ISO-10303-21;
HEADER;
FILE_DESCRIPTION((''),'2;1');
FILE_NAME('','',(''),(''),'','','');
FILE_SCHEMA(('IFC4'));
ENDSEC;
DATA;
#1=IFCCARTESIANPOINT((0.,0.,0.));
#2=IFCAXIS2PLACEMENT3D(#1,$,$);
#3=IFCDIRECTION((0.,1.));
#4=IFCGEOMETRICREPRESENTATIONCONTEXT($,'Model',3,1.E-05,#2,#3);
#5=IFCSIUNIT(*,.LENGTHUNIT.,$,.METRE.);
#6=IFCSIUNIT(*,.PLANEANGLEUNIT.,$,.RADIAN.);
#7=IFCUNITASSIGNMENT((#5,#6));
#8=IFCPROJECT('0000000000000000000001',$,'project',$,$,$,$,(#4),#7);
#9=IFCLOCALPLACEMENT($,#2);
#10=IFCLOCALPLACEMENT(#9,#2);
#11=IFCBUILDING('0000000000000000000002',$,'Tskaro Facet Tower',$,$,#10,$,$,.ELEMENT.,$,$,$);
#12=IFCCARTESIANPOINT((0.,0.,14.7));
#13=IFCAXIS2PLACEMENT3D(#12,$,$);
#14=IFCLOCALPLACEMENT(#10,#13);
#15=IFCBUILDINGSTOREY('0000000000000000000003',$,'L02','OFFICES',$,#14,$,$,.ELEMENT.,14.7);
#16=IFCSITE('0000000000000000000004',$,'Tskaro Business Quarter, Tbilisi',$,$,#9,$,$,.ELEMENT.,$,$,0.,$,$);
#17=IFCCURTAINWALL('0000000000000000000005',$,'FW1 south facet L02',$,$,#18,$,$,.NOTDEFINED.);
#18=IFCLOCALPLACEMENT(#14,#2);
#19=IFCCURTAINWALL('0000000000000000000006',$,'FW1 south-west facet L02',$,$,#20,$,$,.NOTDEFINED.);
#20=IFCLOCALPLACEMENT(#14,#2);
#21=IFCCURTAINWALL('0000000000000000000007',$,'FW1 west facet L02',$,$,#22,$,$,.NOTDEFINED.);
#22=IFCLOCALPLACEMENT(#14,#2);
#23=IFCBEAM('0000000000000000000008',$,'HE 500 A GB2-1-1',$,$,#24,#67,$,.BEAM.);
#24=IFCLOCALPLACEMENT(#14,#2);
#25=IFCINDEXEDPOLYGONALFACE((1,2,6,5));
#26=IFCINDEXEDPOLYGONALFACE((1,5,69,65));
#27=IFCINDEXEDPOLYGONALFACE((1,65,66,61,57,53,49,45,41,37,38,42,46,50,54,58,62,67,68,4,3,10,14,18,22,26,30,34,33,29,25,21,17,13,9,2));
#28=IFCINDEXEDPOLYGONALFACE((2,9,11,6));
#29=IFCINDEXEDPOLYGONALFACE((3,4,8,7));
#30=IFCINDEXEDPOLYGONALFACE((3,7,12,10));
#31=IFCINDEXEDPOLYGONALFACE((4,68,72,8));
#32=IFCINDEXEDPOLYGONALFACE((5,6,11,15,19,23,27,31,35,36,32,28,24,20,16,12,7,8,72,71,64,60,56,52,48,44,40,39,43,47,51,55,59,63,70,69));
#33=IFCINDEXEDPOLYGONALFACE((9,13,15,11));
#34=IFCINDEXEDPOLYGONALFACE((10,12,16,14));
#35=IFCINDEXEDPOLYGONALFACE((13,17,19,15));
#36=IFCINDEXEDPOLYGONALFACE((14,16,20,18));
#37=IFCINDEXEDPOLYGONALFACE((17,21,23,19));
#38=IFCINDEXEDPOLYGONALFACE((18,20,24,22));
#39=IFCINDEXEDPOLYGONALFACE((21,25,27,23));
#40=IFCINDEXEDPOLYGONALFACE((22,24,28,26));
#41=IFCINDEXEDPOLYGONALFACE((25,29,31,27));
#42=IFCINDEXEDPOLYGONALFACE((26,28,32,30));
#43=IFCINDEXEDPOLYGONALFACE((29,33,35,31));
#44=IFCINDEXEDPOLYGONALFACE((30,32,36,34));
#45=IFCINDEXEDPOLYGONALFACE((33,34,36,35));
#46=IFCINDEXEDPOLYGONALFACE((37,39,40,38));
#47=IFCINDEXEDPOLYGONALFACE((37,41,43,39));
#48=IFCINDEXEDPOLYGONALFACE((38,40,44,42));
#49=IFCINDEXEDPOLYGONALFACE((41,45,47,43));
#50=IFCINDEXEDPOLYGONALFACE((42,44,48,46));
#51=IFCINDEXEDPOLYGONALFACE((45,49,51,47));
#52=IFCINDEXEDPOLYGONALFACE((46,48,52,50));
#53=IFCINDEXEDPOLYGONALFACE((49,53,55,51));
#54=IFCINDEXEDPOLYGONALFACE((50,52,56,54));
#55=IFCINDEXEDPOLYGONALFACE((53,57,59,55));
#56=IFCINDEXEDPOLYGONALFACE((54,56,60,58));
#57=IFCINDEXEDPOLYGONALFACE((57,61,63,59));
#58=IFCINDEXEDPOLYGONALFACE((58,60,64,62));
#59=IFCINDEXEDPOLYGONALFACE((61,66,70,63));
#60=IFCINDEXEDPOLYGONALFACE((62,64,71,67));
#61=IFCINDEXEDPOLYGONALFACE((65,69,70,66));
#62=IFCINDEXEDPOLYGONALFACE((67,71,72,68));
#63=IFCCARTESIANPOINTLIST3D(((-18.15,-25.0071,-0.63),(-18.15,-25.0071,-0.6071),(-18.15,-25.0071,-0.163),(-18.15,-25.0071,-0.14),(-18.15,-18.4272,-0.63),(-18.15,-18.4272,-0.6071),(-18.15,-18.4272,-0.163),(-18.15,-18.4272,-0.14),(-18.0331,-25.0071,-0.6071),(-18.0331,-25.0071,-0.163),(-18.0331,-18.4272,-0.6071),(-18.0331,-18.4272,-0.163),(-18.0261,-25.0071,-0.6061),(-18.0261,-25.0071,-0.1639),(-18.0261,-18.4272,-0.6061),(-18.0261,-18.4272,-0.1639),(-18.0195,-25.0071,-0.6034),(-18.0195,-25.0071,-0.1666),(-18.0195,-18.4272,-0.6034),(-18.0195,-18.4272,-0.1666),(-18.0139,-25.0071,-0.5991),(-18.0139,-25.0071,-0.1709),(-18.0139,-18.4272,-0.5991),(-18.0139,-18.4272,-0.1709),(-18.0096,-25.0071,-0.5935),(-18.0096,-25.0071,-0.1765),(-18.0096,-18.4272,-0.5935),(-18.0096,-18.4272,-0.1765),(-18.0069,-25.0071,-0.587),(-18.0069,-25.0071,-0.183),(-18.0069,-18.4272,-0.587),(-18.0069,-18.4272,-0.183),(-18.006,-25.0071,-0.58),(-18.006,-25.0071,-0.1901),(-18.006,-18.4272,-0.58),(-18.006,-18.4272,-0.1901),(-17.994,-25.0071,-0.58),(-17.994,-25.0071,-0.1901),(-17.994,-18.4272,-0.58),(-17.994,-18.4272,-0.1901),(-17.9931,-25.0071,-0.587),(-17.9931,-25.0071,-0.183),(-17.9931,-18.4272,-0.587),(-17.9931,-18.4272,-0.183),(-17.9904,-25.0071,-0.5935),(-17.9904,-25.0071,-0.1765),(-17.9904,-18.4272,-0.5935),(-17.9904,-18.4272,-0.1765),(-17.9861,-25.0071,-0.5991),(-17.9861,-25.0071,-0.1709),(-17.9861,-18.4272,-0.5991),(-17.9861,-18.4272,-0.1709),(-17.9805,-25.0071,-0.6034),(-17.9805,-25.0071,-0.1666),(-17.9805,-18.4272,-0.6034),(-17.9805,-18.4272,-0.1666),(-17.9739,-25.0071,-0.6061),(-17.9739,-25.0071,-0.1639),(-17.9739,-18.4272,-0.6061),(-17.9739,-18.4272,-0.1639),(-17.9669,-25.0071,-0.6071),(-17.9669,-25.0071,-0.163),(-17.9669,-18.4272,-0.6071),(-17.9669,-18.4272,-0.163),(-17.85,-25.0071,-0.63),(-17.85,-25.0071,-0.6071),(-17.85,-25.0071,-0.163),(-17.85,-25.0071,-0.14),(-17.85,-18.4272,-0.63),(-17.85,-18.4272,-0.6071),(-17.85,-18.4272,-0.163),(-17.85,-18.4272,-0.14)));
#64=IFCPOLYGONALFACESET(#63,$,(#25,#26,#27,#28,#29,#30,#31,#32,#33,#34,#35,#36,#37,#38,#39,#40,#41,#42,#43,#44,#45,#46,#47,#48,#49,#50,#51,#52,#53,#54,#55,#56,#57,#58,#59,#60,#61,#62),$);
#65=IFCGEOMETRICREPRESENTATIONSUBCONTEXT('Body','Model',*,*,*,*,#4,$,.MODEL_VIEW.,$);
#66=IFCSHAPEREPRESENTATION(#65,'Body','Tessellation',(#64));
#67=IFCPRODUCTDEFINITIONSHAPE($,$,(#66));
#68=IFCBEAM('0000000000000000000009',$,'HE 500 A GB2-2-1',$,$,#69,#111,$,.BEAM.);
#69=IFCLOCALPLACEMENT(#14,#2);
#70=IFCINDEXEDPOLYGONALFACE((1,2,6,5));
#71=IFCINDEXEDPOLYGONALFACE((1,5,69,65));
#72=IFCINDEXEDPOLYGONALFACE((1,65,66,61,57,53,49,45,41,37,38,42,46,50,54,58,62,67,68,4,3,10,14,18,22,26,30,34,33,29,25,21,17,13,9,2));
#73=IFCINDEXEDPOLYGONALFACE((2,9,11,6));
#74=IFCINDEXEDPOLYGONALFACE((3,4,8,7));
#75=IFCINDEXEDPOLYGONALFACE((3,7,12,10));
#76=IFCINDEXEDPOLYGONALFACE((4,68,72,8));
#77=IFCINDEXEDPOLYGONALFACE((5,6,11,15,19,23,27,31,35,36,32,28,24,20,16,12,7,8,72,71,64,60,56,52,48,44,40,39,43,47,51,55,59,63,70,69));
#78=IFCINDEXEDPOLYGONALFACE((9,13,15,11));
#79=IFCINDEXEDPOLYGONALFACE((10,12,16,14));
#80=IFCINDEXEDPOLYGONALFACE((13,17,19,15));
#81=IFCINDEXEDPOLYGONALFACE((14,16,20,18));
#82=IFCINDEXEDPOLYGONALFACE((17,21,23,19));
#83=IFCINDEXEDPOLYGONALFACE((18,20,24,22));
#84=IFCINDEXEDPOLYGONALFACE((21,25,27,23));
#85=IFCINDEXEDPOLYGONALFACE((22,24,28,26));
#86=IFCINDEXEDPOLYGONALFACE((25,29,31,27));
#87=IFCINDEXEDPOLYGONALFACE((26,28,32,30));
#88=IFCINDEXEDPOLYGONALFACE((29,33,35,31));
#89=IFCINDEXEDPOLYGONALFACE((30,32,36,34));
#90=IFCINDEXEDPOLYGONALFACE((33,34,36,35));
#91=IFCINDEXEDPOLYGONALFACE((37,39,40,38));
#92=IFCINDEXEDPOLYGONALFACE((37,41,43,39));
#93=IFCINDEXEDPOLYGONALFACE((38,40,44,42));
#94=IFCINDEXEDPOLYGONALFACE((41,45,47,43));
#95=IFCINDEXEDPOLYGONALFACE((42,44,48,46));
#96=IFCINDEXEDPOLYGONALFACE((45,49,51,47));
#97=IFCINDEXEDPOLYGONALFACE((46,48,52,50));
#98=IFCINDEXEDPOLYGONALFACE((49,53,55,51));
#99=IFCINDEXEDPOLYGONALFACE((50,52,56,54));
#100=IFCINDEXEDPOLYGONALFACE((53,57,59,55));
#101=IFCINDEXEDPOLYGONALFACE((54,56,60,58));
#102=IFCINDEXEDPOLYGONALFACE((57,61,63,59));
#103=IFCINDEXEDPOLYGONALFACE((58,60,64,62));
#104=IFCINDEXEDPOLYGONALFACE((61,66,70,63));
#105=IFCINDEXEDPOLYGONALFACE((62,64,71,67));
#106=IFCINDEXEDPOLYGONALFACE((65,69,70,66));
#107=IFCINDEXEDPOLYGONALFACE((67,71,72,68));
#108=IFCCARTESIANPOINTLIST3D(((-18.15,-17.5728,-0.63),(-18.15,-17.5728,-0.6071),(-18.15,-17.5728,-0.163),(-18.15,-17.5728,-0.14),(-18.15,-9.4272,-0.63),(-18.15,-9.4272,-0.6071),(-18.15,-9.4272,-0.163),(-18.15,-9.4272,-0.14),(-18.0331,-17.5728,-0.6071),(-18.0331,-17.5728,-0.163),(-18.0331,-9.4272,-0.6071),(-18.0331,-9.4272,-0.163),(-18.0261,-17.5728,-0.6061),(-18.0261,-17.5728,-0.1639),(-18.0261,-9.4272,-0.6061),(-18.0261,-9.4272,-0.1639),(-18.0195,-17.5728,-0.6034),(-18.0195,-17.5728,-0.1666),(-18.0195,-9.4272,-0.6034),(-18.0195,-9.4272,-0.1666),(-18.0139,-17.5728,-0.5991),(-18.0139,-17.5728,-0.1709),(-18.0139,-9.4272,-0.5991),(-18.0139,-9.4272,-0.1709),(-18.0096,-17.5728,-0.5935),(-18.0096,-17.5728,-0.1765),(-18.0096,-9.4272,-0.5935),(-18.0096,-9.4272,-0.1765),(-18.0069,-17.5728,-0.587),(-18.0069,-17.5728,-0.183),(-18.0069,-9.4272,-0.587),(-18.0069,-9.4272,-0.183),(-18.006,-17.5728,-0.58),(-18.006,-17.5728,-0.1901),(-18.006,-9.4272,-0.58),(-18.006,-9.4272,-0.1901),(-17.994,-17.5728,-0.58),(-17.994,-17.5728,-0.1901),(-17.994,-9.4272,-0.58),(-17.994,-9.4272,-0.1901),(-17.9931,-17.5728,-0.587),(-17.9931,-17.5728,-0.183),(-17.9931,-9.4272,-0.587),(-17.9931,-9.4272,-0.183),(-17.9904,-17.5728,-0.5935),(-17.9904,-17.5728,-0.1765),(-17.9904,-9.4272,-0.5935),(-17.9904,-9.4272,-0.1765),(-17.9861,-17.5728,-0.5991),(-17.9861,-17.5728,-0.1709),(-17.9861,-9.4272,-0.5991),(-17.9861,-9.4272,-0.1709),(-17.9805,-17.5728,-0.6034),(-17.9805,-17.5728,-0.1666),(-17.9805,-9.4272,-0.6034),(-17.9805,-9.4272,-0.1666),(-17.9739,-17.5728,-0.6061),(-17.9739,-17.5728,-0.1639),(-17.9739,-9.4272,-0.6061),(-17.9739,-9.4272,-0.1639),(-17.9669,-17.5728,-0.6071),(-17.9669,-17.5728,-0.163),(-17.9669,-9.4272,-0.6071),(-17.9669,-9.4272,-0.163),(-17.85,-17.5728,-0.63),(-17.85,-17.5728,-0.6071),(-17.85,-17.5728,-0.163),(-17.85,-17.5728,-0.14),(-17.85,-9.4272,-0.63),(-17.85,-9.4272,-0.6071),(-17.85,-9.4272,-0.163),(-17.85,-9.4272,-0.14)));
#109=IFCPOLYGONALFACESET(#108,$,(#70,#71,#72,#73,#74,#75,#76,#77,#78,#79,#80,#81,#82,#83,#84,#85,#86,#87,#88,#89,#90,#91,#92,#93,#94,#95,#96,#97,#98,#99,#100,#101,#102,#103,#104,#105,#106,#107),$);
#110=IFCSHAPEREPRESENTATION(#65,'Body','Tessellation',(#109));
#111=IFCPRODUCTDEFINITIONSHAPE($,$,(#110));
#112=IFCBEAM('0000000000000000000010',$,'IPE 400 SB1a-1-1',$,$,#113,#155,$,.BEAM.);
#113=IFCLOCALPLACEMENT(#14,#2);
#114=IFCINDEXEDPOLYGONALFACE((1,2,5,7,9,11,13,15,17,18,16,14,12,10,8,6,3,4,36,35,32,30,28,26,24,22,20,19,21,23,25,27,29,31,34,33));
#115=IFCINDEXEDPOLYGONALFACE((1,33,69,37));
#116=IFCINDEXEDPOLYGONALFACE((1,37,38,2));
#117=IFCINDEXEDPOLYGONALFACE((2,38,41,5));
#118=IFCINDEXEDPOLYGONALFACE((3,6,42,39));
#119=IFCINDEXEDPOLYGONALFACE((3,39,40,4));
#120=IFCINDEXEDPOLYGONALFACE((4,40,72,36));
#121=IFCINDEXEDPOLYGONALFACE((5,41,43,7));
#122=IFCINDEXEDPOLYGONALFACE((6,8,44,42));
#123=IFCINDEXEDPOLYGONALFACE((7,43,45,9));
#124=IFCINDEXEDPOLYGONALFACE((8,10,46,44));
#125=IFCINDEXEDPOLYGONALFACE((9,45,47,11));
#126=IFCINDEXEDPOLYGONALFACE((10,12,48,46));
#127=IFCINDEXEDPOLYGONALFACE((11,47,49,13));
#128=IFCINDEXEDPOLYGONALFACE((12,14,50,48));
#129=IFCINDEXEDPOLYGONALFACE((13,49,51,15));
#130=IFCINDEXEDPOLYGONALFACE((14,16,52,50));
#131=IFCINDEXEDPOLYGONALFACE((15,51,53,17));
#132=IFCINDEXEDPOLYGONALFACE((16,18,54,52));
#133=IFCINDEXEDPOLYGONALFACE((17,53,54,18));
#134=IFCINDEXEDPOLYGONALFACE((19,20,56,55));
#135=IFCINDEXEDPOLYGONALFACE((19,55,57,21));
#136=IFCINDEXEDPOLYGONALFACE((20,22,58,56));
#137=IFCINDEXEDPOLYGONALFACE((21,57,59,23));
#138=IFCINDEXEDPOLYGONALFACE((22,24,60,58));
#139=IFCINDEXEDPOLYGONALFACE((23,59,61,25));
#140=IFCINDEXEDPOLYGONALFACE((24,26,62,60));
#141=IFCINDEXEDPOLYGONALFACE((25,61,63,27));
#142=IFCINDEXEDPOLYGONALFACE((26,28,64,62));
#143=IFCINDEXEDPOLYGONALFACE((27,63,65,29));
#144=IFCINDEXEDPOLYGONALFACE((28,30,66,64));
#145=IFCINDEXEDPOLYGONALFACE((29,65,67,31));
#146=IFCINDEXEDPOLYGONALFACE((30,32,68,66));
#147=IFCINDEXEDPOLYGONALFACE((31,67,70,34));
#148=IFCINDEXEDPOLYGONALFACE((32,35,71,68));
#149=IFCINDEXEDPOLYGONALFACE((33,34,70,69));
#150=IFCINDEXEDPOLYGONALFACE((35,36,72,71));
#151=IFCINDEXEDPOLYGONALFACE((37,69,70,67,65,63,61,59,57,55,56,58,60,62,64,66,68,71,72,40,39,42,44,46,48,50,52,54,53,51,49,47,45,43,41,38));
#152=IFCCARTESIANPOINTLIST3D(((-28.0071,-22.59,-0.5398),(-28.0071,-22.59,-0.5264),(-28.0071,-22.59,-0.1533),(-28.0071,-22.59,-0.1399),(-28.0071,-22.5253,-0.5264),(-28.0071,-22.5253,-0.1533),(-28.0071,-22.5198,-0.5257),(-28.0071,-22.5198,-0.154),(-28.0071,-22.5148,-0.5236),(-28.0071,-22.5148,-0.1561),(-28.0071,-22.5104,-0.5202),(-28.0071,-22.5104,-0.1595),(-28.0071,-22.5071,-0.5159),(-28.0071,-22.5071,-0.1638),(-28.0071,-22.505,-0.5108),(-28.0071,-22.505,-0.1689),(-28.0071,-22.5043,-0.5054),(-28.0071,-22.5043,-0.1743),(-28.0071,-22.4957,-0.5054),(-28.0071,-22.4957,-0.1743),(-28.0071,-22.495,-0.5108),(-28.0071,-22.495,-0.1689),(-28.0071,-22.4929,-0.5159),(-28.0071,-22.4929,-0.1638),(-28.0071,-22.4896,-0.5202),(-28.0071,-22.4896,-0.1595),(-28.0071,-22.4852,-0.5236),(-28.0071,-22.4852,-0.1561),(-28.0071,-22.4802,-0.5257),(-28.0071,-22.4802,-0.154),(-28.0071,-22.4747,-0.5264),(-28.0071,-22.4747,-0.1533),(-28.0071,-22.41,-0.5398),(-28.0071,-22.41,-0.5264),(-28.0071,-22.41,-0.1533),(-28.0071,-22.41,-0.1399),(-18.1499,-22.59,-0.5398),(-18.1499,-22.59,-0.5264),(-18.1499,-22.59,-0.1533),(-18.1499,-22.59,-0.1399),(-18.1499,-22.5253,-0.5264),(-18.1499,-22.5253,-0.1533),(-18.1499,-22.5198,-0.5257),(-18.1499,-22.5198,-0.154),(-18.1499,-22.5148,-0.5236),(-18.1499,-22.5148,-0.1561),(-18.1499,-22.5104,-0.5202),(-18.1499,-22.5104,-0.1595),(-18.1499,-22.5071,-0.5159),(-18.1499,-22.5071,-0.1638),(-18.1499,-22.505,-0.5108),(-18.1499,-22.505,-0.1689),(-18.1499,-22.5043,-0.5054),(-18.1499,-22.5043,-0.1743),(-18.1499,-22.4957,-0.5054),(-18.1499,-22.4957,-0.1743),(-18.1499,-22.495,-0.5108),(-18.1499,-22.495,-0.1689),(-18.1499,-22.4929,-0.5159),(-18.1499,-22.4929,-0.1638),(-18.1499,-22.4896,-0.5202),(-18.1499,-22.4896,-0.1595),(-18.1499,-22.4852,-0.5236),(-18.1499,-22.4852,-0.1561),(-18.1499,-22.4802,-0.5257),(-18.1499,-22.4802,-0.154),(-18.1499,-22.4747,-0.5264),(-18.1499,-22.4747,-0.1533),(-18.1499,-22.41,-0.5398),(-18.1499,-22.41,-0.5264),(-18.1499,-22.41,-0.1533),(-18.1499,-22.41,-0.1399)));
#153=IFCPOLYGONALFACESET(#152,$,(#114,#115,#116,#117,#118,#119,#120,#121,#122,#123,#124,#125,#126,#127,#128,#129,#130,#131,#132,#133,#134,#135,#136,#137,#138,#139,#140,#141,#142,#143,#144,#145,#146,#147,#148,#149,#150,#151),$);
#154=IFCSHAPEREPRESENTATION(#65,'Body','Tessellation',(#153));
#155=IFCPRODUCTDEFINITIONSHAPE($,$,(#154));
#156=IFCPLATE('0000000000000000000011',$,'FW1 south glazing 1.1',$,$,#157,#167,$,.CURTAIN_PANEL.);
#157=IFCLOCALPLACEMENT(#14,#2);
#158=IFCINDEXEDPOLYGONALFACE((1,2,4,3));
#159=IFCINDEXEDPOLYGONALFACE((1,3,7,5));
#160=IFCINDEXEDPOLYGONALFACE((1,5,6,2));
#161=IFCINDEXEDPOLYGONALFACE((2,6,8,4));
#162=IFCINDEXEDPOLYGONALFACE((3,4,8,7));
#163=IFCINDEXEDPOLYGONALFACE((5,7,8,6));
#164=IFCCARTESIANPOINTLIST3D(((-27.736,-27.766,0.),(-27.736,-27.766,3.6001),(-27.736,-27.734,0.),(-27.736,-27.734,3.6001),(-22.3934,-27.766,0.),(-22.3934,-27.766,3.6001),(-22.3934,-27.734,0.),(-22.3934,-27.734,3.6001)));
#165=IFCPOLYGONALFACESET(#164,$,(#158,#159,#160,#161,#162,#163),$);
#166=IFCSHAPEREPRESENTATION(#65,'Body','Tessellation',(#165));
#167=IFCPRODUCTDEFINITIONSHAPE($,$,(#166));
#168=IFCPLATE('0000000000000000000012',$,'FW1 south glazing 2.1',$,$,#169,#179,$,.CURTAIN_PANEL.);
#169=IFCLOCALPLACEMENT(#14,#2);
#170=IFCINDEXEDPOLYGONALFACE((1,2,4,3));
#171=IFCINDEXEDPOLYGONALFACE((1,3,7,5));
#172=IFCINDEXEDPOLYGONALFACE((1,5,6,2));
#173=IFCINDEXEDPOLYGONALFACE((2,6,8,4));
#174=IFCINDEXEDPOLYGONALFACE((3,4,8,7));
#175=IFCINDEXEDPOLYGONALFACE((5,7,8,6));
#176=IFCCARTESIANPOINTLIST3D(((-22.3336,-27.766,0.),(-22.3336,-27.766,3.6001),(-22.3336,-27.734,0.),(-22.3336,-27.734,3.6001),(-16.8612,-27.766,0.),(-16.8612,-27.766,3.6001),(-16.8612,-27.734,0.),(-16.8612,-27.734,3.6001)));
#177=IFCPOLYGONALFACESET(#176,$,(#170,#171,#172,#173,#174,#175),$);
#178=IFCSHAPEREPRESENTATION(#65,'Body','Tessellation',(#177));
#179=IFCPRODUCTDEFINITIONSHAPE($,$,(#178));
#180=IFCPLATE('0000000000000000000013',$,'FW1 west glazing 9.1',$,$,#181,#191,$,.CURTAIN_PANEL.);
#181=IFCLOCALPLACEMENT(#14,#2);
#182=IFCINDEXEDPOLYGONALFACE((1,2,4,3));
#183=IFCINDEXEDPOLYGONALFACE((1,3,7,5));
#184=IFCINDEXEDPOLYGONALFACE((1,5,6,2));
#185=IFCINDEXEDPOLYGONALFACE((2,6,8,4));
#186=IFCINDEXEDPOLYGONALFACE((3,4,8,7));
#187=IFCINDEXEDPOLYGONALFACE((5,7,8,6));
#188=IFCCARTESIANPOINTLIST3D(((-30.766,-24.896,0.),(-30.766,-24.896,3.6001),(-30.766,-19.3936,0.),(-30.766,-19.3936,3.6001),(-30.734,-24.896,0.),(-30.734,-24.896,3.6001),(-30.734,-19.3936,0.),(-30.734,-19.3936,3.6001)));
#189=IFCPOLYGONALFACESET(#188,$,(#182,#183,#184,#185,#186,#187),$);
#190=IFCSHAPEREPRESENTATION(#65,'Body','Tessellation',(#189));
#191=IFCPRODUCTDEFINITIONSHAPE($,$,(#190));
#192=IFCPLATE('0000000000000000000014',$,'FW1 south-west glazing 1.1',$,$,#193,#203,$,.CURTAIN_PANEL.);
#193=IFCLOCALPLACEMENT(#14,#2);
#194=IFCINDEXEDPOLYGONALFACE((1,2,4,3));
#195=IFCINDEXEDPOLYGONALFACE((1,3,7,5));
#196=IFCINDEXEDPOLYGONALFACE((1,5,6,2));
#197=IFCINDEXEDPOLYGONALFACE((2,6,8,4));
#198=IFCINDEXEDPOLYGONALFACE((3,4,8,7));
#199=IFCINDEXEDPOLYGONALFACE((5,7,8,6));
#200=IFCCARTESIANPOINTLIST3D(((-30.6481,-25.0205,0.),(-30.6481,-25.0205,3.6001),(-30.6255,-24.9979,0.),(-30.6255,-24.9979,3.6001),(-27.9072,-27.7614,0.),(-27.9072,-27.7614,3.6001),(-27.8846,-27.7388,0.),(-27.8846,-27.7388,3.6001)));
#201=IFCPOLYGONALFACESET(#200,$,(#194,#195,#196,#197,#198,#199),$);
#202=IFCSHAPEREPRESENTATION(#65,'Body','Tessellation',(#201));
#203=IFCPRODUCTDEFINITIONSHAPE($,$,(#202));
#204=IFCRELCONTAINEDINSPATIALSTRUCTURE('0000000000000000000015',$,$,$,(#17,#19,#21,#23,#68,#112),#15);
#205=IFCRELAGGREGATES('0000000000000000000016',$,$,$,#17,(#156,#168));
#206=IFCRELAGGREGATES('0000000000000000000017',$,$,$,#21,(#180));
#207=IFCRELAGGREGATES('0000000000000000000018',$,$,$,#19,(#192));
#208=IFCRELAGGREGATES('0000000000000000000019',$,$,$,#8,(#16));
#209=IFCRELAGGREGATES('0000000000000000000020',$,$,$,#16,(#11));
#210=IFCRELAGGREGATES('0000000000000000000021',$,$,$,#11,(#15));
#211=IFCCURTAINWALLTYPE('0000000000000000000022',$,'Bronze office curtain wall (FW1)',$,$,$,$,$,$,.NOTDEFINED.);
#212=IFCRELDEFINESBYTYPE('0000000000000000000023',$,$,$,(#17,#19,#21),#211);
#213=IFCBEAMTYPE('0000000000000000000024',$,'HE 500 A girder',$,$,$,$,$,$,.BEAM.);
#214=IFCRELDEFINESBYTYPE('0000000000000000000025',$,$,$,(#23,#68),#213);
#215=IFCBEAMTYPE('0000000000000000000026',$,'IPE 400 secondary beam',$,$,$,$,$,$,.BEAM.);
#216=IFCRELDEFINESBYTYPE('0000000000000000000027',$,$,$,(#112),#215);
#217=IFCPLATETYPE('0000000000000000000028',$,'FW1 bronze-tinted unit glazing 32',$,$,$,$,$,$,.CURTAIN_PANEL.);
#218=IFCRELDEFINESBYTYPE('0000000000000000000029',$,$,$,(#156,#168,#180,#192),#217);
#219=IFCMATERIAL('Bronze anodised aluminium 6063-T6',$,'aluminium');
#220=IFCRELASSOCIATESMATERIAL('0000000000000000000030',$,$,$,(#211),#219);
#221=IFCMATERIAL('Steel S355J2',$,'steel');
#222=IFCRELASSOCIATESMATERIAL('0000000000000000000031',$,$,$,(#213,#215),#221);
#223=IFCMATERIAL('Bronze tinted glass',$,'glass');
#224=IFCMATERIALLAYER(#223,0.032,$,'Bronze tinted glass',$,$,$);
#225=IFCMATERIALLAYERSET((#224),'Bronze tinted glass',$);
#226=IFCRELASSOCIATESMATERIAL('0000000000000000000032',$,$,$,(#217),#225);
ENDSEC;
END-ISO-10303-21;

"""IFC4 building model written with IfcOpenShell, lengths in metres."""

from ifc_helpers import new_model, si_unit, direction, frame, origin, origin_2d, place, context, subcontext, project, spatial, rectangle, i_section, extrude, material, layer, layer_set, material_profile, profile_set, type_object, element, aggregate, save


model = new_model("IFC4")

# Units and contexts
model_context = context("Model", 3, precision=1e-05, world=origin(), true_north=direction((0.0, 1.0)))
body_context = subcontext(model_context, "Body", "Model", "MODEL_VIEW")
ifc_project = project(units=[si_unit("LENGTHUNIT", "METRE"), si_unit("PLANEANGLEUNIT", "RADIAN")], contexts=[model_context])

# Site, building, storey
site_placement = place(None, origin())
site = spatial("IfcSite", under=ifc_project, at=site_placement, Name="Tskaro Business Quarter, Tbilisi", CompositionType="ELEMENT", RefElevation=0.0)
building_placement = place(site_placement, origin())
building = spatial("IfcBuilding", under=site, at=building_placement, Name="Tskaro Facet Tower", CompositionType="ELEMENT")
storey_placement = place(building_placement, frame((0.0, 0.0, 14.7)))
storey = spatial("IfcBuildingStorey", under=building, at=storey_placement, Name="L02", Description="OFFICES", CompositionType="ELEMENT", Elevation=14.7)

# Curtain walls
ifc_material_1 = material(Name="Bronze anodised aluminium 6063-T6", Category="aluminium")
curtain_wall_type = type_object("IfcCurtainWallType", Name="Bronze office curtain wall (FW1)", PredefinedType="NOTDEFINED", material=ifc_material_1)
curtain_wall_1_placement = place(storey_placement, origin())
curtain_wall_1 = element("IfcCurtainWall", 1, at=curtain_wall_1_placement, inside=storey, type_object=curtain_wall_type, Name="FW1 south facet L02", PredefinedType="NOTDEFINED")
curtain_wall_2_placement = place(storey_placement, origin())
curtain_wall_2 = element("IfcCurtainWall", 2, at=curtain_wall_2_placement, inside=storey, type_object=curtain_wall_type, Name="FW1 south-west facet L02", PredefinedType="NOTDEFINED")

# Curtain wall
curtain_wall_3_placement = place(storey_placement, origin())
curtain_wall_3 = element("IfcCurtainWall", 3, at=curtain_wall_3_placement, inside=storey, type_object=curtain_wall_type, Name="FW1 west facet L02", PredefinedType="NOTDEFINED")

# Beams
ifc_material_2 = material(Name="Steel S355J2", Category="steel")
ifc_material_profile_1 = material_profile(ifc_material_2, i_section(OverallWidth=0.3, OverallDepth=0.49, WebThickness=0.012, FlangeThickness=0.0229, FilletRadius=0.0271, at=origin_2d()), Name="HE 500 A")
ifc_profile_set_1 = profile_set([ifc_material_profile_1], Name="Steel S355J2")
beam_type_1 = type_object("IfcBeamType", Name="HE 500 A girder", PredefinedType="BEAM", material=ifc_profile_set_1)
beam_1_placement = place(storey_placement, frame((-18.0, -25.0071, -0.385), z_axis=(0.0, 1.0, 0.0), x_axis=(-1.0, 0.0, 0.0)))
element("IfcBeam", 4, at=beam_1_placement, inside=storey, type_object=beam_type_1, Name="HE 500 A GB2-1-1", PredefinedType="BEAM", context=body_context, shape_type="SweptSolid", body=[
    extrude(i_section(OverallWidth=0.3, OverallDepth=0.49, WebThickness=0.012, FlangeThickness=0.0229, FilletRadius=0.0271, at=origin_2d()), origin(), (0.0, 0.0, 1.0), 6.5798),
])
beam_2_placement = place(storey_placement, frame((-18.0, -17.5728, -0.385), z_axis=(0.0, 1.0, 0.0), x_axis=(-1.0, 0.0, 0.0)))
element("IfcBeam", 5, at=beam_2_placement, inside=storey, type_object=beam_type_1, Name="HE 500 A GB2-2-1", PredefinedType="BEAM", context=body_context, shape_type="SweptSolid", body=[
    extrude(i_section(OverallWidth=0.3, OverallDepth=0.49, WebThickness=0.012, FlangeThickness=0.0229, FilletRadius=0.0271, at=origin_2d()), origin(), (0.0, 0.0, 1.0), 8.1455),
])
ifc_material_profile_2 = material_profile(ifc_material_2, i_section(OverallWidth=0.1799, OverallDepth=0.3999, WebThickness=0.0085, FlangeThickness=0.0134, FilletRadius=0.021, at=origin_2d()), Name="IPE 400")
ifc_profile_set_2 = profile_set([ifc_material_profile_2], Name="Steel S355J2")
beam_type_2 = type_object("IfcBeamType", Name="IPE 400 secondary beam", PredefinedType="BEAM", material=ifc_profile_set_2)
beam_3_placement = place(storey_placement, frame((-28.0071, -22.5, -0.3398), z_axis=(1.0, 0.0, 0.0), x_axis=(0.0, 1.0, 0.0)))
element("IfcBeam", 6, at=beam_3_placement, inside=storey, type_object=beam_type_2, Name="IPE 400 SB1a-1-1", PredefinedType="BEAM", context=body_context, shape_type="SweptSolid", body=[
    extrude(i_section(OverallWidth=0.1799, OverallDepth=0.3999, WebThickness=0.0085, FlangeThickness=0.0134, FilletRadius=0.021, at=origin_2d()), origin(), (0.0, 0.0, 1.0), 9.8572),
])

# Plates
ifc_material_3 = material(Name="Bronze tinted glass", Category="glass")
ifc_layer_1 = layer(ifc_material_3, 0.032, Name="Bronze tinted glass")
ifc_layer_set_1 = layer_set([ifc_layer_1], Name="Bronze tinted glass")
plate_type = type_object("IfcPlateType", Name="FW1 bronze-tinted unit glazing 32", PredefinedType="CURTAIN_PANEL", material=ifc_layer_set_1)
plate_1_placement = place(storey_placement, frame((-25.0647, -27.75, 0.0), z_axis=(0.0, 0.0, 1.0), x_axis=(1.0, 0.0, 0.0)))
plate_1 = element("IfcPlate", 7, at=plate_1_placement, type_object=plate_type, Name="FW1 south glazing 1.1", PredefinedType="CURTAIN_PANEL", context=body_context, shape_type="SweptSolid", body=[
    extrude(rectangle(XDim=5.3425, YDim=0.032, at=origin_2d()), origin(), (0.0, 0.0, 1.0), 3.6001),
])
plate_2_placement = place(storey_placement, frame((-19.5974, -27.75, 0.0), z_axis=(0.0, 0.0, 1.0), x_axis=(1.0, 0.0, 0.0)))
plate_2 = element("IfcPlate", 8, at=plate_2_placement, type_object=plate_type, Name="FW1 south glazing 2.1", PredefinedType="CURTAIN_PANEL", context=body_context, shape_type="SweptSolid", body=[
    extrude(rectangle(XDim=5.4724, YDim=0.032, at=origin_2d()), origin(), (0.0, 0.0, 1.0), 3.6001),
])
aggregate(curtain_wall_1, [plate_1, plate_2])
plate_3_placement = place(storey_placement, frame((-30.75, -22.1448, 0.0), z_axis=(0.0, 0.0, 1.0), x_axis=(0.0, -1.0, 0.0)))
plate_3 = element("IfcPlate", 9, at=plate_3_placement, type_object=plate_type, Name="FW1 west glazing 9.1", PredefinedType="CURTAIN_PANEL", context=body_context, shape_type="SweptSolid", body=[
    extrude(rectangle(XDim=5.5024, YDim=0.032, at=origin_2d()), origin(), (0.0, 0.0, 1.0), 3.6001),
])
aggregate(curtain_wall_3, [plate_3])
plate_4_placement = place(storey_placement, frame((-29.2664, -26.3796, 0.0), z_axis=(0.0, 0.0, 1.0), x_axis=(0.707107, -0.707107, 0.0)))
plate_4 = element("IfcPlate", 10, at=plate_4_placement, type_object=plate_type, Name="FW1 south-west glazing 1.1", PredefinedType="CURTAIN_PANEL", context=body_context, shape_type="SweptSolid", body=[
    extrude(rectangle(XDim=3.8762, YDim=0.032, at=origin_2d()), origin(), (0.0, 0.0, 1.0), 3.6001),
])
aggregate(curtain_wall_2, [plate_4])

save(model, "model.ifc")
